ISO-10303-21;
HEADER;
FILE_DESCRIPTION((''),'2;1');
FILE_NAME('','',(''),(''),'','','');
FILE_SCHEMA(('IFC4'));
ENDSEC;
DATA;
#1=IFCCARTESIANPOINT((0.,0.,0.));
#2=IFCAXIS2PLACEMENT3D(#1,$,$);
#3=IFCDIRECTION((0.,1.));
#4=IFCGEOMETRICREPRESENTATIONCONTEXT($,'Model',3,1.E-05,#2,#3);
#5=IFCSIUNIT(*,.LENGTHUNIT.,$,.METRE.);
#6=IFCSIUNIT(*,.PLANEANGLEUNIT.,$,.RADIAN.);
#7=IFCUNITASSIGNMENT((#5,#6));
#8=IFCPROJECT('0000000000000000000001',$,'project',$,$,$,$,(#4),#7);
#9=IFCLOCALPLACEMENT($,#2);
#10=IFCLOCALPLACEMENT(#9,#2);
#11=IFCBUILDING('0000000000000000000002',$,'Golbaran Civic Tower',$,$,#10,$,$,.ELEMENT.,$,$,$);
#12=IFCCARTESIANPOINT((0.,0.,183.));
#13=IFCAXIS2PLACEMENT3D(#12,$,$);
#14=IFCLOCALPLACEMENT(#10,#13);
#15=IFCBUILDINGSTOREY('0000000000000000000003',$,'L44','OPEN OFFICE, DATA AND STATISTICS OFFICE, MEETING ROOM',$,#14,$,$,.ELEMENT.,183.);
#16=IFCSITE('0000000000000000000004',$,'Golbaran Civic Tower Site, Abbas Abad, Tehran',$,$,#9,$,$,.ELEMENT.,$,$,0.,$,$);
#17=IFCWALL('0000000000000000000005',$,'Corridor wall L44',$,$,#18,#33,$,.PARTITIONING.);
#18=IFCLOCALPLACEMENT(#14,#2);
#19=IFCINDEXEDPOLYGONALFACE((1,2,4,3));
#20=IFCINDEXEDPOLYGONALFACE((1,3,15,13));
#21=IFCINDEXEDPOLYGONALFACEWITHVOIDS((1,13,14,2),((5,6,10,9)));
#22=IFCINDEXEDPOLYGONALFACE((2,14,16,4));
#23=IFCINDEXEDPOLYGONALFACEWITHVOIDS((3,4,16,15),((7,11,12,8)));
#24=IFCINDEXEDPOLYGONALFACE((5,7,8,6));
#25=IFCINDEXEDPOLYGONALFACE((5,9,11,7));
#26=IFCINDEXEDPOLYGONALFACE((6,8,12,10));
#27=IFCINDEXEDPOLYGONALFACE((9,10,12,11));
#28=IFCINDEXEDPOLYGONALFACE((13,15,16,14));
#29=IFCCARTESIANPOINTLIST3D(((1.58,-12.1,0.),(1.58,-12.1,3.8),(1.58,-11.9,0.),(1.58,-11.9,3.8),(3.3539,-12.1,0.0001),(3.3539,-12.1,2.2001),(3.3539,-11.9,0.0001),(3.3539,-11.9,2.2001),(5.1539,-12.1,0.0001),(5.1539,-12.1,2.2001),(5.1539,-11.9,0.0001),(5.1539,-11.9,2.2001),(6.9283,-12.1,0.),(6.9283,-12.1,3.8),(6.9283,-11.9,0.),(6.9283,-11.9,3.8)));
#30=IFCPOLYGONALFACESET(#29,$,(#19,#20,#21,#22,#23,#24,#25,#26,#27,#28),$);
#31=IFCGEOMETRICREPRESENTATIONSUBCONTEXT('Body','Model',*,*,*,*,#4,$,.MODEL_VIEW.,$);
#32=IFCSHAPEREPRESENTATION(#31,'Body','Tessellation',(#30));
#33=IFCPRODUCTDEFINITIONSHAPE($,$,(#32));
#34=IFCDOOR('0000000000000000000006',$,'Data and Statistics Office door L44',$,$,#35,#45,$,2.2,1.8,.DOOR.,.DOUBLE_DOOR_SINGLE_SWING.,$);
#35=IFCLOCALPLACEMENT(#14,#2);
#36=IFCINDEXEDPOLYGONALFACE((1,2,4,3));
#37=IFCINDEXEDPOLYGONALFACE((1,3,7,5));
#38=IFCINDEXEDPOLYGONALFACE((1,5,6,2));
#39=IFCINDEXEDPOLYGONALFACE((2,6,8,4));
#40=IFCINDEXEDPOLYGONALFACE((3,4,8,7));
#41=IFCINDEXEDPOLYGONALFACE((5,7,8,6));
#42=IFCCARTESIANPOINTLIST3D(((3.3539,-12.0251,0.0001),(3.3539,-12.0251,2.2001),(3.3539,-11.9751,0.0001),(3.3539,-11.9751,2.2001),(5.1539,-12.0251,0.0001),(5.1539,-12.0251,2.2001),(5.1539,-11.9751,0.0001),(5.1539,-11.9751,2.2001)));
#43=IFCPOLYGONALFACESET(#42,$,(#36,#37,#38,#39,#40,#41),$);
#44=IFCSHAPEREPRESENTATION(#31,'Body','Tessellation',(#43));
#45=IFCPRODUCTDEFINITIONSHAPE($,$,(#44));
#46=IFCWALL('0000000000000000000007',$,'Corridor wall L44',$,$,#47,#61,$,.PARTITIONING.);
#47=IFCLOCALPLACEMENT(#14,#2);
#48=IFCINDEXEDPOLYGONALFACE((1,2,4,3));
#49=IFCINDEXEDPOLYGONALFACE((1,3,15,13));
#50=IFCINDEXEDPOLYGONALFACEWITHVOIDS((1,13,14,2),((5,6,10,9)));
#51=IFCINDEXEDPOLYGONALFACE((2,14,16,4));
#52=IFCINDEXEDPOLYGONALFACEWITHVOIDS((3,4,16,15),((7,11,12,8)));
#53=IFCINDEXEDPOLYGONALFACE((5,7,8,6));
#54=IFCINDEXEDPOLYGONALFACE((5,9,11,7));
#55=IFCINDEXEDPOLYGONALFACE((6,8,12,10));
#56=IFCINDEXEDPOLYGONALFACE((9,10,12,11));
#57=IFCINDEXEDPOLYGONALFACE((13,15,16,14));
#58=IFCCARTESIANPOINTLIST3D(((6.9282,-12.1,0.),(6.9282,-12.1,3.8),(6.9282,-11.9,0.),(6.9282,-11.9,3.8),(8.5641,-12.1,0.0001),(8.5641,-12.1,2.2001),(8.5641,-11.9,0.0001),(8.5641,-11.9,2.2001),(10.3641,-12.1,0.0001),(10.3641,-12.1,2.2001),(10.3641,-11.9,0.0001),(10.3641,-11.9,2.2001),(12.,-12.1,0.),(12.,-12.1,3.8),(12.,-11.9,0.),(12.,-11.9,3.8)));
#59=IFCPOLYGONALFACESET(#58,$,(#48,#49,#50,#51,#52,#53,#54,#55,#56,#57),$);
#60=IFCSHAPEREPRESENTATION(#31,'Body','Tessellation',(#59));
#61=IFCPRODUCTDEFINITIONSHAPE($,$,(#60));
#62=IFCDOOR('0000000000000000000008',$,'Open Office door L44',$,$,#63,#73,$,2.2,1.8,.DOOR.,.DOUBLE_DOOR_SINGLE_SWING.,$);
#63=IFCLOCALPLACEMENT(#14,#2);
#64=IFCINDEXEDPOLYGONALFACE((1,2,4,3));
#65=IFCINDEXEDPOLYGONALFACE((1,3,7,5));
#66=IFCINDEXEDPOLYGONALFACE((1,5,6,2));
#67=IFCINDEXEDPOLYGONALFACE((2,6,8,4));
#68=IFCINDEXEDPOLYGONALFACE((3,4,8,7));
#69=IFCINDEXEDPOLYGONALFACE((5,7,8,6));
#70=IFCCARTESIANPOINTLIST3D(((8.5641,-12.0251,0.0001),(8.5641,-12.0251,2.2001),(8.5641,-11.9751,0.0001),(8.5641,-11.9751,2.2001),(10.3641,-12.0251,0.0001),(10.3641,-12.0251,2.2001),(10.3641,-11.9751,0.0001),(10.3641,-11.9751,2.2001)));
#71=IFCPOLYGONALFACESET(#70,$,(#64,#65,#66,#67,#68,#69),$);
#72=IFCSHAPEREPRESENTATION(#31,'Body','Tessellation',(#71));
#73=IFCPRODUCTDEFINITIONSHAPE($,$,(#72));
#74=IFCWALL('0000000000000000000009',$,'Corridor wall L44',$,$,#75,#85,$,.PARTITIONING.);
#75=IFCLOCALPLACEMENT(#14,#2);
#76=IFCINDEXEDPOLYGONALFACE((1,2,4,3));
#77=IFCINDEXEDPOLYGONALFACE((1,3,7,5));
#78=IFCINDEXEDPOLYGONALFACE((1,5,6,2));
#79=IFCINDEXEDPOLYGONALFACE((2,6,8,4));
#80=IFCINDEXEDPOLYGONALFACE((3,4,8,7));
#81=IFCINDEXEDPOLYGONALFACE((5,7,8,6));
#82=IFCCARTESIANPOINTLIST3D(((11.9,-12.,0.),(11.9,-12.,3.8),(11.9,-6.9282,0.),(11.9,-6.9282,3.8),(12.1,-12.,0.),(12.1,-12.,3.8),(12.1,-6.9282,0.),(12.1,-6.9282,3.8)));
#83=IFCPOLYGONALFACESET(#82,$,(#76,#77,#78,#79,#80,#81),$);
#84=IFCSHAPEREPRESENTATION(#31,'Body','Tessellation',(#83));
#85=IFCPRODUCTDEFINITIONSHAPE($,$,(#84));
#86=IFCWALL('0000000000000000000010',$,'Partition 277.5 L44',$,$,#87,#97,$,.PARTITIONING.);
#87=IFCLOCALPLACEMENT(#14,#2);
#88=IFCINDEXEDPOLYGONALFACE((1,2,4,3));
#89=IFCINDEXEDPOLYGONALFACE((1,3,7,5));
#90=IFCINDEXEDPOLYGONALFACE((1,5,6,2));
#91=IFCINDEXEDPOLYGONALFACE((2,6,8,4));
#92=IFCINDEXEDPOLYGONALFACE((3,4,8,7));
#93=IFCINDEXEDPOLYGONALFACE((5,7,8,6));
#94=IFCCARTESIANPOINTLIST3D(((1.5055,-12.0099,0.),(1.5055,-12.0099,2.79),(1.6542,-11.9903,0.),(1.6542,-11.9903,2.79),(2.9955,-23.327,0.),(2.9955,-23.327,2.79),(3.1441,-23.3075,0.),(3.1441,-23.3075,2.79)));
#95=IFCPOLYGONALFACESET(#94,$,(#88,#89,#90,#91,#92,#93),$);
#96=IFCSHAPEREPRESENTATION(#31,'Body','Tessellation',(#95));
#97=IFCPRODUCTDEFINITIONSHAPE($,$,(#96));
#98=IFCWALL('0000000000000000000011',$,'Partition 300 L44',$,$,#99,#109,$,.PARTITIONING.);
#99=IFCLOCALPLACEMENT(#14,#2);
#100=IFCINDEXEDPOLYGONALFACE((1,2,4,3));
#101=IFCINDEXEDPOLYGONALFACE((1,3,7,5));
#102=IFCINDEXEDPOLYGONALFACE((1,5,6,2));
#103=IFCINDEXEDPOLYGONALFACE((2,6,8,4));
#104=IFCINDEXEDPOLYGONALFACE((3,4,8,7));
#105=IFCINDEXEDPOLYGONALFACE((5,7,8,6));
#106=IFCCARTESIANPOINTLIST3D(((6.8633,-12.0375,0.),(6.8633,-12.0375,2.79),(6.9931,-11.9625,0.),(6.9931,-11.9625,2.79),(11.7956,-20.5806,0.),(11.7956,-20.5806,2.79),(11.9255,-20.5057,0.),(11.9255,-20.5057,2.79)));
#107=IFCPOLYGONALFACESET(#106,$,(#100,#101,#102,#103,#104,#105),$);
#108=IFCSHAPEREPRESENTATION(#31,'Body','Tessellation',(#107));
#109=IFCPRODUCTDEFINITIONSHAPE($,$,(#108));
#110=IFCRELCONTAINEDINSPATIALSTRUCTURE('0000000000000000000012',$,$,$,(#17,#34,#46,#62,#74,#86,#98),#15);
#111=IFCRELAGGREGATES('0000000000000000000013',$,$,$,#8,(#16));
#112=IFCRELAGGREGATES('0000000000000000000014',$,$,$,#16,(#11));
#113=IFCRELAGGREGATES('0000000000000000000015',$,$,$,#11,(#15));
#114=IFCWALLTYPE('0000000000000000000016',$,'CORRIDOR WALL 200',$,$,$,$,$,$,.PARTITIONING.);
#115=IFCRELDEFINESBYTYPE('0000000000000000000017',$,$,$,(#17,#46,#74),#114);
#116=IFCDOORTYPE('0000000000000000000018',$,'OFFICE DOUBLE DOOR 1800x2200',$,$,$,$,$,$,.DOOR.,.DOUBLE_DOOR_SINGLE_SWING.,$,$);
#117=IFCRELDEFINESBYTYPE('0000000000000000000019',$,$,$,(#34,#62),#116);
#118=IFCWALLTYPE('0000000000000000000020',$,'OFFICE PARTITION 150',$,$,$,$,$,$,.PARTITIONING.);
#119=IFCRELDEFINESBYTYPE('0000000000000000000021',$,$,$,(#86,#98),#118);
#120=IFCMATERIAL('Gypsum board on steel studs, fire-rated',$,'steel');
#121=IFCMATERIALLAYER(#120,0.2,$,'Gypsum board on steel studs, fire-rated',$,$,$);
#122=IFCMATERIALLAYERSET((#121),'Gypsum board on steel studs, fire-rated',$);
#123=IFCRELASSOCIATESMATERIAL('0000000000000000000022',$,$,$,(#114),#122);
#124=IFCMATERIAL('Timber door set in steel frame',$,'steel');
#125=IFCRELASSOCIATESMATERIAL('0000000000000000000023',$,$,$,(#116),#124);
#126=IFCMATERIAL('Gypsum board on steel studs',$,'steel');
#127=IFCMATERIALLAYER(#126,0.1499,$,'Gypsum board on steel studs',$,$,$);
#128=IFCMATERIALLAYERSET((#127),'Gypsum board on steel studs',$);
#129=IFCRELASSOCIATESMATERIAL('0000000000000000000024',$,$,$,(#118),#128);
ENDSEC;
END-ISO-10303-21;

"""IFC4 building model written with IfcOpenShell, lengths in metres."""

from ifc_helpers import new_model, si_unit, direction, frame, frame_2d, origin, place, context, subcontext, project, spatial, rectangle, extrude, material, layer, layer_set, type_object, element, fill, save


model = new_model("IFC4")

# Units and contexts
model_context = context("Model", 3, precision=1e-05, world=origin(), true_north=direction((0.0, 1.0)))
body_context = subcontext(model_context, "Body", "Model", "MODEL_VIEW")
ifc_project = project(units=[si_unit("LENGTHUNIT", "METRE"), si_unit("PLANEANGLEUNIT", "RADIAN")], contexts=[model_context])

# Site, building, storey
site_placement = place(None, origin())
site = spatial("IfcSite", under=ifc_project, at=site_placement, Name="Golbaran Civic Tower Site, Abbas Abad, Tehran", CompositionType="ELEMENT", RefElevation=0.0)
building_placement = place(site_placement, origin())
building = spatial("IfcBuilding", under=site, at=building_placement, Name="Golbaran Civic Tower", CompositionType="ELEMENT")
storey_placement = place(building_placement, frame((0.0, 0.0, 183.0)))
storey = spatial("IfcBuildingStorey", under=building, at=storey_placement, Name="L44", Description="OPEN OFFICE, DATA AND STATISTICS OFFICE, MEETING ROOM", CompositionType="ELEMENT", Elevation=183.0)

# Walls, openings, doors
ifc_material_1 = material(Name="Gypsum board on steel studs, fire-rated", Category="steel")
ifc_layer_1 = layer(ifc_material_1, 0.2, Name="Gypsum board on steel studs, fire-rated")
ifc_layer_set_1 = layer_set([ifc_layer_1], Name="Gypsum board on steel studs, fire-rated")
wall_type_1 = type_object("IfcWallType", Name="CORRIDOR WALL 200", PredefinedType="PARTITIONING", material=ifc_layer_set_1)
wall_1_placement = place(storey_placement, frame((1.5798, -12.0, 0.0), z_axis=(0.0, 0.0, 1.0), x_axis=(1.0, 0.0, 0.0)))
wall_1 = element("IfcWall", 1, at=wall_1_placement, inside=storey, type_object=wall_type_1, Name="Corridor wall L44", PredefinedType="PARTITIONING", context=body_context, shape_type="SweptSolid", body=[
    extrude(rectangle(XDim=5.3484, YDim=0.2, at=frame_2d((2.6743, 0.0))), origin(), (0.0, 0.0, 1.0), 3.8),
])
opening_1_placement = place(wall_1_placement, frame((1.7742, 0.0, 0.0)))
opening_1 = element("IfcOpeningElement", 2, at=opening_1_placement, cuts=wall_1, PredefinedType="OPENING", context=body_context, shape_type="SweptSolid", body=[
    extrude(rectangle(XDim=1.8, YDim=2.2, at=frame_2d((0.8999, 1.1001))), frame((0.0, 0.1099, 0.0), z_axis=(0.0, -1.0, 0.0), x_axis=(1.0, 0.0, 0.0)), (0.0, 0.0, 1.0), 0.22),
])
ifc_material_2 = material(Name="Timber door set in steel frame", Category="steel")
door_type = type_object("IfcDoorType", Name="OFFICE DOUBLE DOOR 1800x2200", OperationType="DOUBLE_DOOR_SINGLE_SWING", PredefinedType="DOOR", material=ifc_material_2)
door_1_placement = place(opening_1_placement, origin())
door_1 = element("IfcDoor", 3, at=door_1_placement, inside=storey, type_object=door_type, Name="Data and Statistics Office door L44", OperationType="DOUBLE_DOOR_SINGLE_SWING", OverallHeight=2.2, OverallWidth=1.8, PredefinedType="DOOR", context=body_context, shape_type="SweptSolid", body=[
    extrude(rectangle(XDim=1.8, YDim=2.2, at=frame_2d((0.8999, 1.1001))), frame((0.0, 0.0249, 0.0), z_axis=(0.0, -1.0, 0.0), x_axis=(1.0, 0.0, 0.0)), (0.0, 0.0, 1.0), 0.05),
])
fill(opening_1, door_1)
wall_2_placement = place(storey_placement, frame((6.9282, -12.0, 0.0), z_axis=(0.0, 0.0, 1.0), x_axis=(1.0, 0.0, 0.0)))
wall_2 = element("IfcWall", 4, at=wall_2_placement, inside=storey, type_object=wall_type_1, Name="Corridor wall L44", PredefinedType="PARTITIONING", context=body_context, shape_type="SweptSolid", body=[
    extrude(rectangle(XDim=5.0718, YDim=0.2, at=frame_2d((2.5359, 0.0))), origin(), (0.0, 0.0, 1.0), 3.8),
])
opening_2_placement = place(wall_2_placement, frame((1.636, 0.0, 0.0)))
opening_2 = element("IfcOpeningElement", 5, at=opening_2_placement, cuts=wall_2, PredefinedType="OPENING", context=body_context, shape_type="SweptSolid", body=[
    extrude(rectangle(XDim=1.8, YDim=2.2, at=frame_2d((0.8999, 1.1001))), frame((0.0, 0.1099, 0.0), z_axis=(0.0, -1.0, 0.0), x_axis=(1.0, 0.0, 0.0)), (0.0, 0.0, 1.0), 0.22),
])
door_2_placement = place(opening_2_placement, origin())
door_2 = element("IfcDoor", 6, at=door_2_placement, inside=storey, type_object=door_type, Name="Open Office door L44", OperationType="DOUBLE_DOOR_SINGLE_SWING", OverallHeight=2.2, OverallWidth=1.8, PredefinedType="DOOR", context=body_context, shape_type="SweptSolid", body=[
    extrude(rectangle(XDim=1.8, YDim=2.2, at=frame_2d((0.8999, 1.1001))), frame((0.0, 0.0249, 0.0), z_axis=(0.0, -1.0, 0.0), x_axis=(1.0, 0.0, 0.0)), (0.0, 0.0, 1.0), 0.05),
])
fill(opening_2, door_2)

# Walls
wall_3_placement = place(storey_placement, frame((12.0, -12.0, 0.0), z_axis=(0.0, 0.0, 1.0), x_axis=(0.0, 1.0, 0.0)))
element("IfcWall", 7, at=wall_3_placement, inside=storey, type_object=wall_type_1, Name="Corridor wall L44", PredefinedType="PARTITIONING", context=body_context, shape_type="SweptSolid", body=[
    extrude(rectangle(XDim=5.0718, YDim=0.2, at=frame_2d((2.5359, 0.0))), origin(), (0.0, 0.0, 1.0), 3.8),
])
ifc_material_3 = material(Name="Gypsum board on steel studs", Category="steel")
ifc_layer_2 = layer(ifc_material_3, 0.1499, Name="Gypsum board on steel studs")
ifc_layer_set_2 = layer_set([ifc_layer_2], Name="Gypsum board on steel studs")
wall_type_2 = type_object("IfcWallType", Name="OFFICE PARTITION 150", PredefinedType="PARTITIONING", material=ifc_layer_set_2)
wall_4_placement = place(storey_placement, frame((1.5798, -12.0, 0.0), z_axis=(0.0, 0.0, 1.0), x_axis=(0.130531, -0.991444, 0.0)))
element("IfcWall", 8, at=wall_4_placement, inside=storey, type_object=wall_type_2, Name="Partition 277.5 L44", PredefinedType="PARTITIONING", context=body_context, shape_type="SweptSolid", body=[
    extrude(rectangle(XDim=11.4148, YDim=0.1499, at=frame_2d((5.7075, 0.0))), origin(), (0.0, 0.0, 1.0), 2.79),
])
wall_5_placement = place(storey_placement, frame((6.9282, -12.0, 0.0), z_axis=(0.0, 0.0, 1.0), x_axis=(0.499996, -0.866028, 0.0)))
element("IfcWall", 9, at=wall_5_placement, inside=storey, type_object=wall_type_2, Name="Partition 300 L44", PredefinedType="PARTITIONING", context=body_context, shape_type="SweptSolid", body=[
    extrude(rectangle(XDim=9.8647, YDim=0.1499, at=frame_2d((4.9324, 0.0))), origin(), (0.0, 0.0, 1.0), 2.79),
])

save(model, "model.ifc")
